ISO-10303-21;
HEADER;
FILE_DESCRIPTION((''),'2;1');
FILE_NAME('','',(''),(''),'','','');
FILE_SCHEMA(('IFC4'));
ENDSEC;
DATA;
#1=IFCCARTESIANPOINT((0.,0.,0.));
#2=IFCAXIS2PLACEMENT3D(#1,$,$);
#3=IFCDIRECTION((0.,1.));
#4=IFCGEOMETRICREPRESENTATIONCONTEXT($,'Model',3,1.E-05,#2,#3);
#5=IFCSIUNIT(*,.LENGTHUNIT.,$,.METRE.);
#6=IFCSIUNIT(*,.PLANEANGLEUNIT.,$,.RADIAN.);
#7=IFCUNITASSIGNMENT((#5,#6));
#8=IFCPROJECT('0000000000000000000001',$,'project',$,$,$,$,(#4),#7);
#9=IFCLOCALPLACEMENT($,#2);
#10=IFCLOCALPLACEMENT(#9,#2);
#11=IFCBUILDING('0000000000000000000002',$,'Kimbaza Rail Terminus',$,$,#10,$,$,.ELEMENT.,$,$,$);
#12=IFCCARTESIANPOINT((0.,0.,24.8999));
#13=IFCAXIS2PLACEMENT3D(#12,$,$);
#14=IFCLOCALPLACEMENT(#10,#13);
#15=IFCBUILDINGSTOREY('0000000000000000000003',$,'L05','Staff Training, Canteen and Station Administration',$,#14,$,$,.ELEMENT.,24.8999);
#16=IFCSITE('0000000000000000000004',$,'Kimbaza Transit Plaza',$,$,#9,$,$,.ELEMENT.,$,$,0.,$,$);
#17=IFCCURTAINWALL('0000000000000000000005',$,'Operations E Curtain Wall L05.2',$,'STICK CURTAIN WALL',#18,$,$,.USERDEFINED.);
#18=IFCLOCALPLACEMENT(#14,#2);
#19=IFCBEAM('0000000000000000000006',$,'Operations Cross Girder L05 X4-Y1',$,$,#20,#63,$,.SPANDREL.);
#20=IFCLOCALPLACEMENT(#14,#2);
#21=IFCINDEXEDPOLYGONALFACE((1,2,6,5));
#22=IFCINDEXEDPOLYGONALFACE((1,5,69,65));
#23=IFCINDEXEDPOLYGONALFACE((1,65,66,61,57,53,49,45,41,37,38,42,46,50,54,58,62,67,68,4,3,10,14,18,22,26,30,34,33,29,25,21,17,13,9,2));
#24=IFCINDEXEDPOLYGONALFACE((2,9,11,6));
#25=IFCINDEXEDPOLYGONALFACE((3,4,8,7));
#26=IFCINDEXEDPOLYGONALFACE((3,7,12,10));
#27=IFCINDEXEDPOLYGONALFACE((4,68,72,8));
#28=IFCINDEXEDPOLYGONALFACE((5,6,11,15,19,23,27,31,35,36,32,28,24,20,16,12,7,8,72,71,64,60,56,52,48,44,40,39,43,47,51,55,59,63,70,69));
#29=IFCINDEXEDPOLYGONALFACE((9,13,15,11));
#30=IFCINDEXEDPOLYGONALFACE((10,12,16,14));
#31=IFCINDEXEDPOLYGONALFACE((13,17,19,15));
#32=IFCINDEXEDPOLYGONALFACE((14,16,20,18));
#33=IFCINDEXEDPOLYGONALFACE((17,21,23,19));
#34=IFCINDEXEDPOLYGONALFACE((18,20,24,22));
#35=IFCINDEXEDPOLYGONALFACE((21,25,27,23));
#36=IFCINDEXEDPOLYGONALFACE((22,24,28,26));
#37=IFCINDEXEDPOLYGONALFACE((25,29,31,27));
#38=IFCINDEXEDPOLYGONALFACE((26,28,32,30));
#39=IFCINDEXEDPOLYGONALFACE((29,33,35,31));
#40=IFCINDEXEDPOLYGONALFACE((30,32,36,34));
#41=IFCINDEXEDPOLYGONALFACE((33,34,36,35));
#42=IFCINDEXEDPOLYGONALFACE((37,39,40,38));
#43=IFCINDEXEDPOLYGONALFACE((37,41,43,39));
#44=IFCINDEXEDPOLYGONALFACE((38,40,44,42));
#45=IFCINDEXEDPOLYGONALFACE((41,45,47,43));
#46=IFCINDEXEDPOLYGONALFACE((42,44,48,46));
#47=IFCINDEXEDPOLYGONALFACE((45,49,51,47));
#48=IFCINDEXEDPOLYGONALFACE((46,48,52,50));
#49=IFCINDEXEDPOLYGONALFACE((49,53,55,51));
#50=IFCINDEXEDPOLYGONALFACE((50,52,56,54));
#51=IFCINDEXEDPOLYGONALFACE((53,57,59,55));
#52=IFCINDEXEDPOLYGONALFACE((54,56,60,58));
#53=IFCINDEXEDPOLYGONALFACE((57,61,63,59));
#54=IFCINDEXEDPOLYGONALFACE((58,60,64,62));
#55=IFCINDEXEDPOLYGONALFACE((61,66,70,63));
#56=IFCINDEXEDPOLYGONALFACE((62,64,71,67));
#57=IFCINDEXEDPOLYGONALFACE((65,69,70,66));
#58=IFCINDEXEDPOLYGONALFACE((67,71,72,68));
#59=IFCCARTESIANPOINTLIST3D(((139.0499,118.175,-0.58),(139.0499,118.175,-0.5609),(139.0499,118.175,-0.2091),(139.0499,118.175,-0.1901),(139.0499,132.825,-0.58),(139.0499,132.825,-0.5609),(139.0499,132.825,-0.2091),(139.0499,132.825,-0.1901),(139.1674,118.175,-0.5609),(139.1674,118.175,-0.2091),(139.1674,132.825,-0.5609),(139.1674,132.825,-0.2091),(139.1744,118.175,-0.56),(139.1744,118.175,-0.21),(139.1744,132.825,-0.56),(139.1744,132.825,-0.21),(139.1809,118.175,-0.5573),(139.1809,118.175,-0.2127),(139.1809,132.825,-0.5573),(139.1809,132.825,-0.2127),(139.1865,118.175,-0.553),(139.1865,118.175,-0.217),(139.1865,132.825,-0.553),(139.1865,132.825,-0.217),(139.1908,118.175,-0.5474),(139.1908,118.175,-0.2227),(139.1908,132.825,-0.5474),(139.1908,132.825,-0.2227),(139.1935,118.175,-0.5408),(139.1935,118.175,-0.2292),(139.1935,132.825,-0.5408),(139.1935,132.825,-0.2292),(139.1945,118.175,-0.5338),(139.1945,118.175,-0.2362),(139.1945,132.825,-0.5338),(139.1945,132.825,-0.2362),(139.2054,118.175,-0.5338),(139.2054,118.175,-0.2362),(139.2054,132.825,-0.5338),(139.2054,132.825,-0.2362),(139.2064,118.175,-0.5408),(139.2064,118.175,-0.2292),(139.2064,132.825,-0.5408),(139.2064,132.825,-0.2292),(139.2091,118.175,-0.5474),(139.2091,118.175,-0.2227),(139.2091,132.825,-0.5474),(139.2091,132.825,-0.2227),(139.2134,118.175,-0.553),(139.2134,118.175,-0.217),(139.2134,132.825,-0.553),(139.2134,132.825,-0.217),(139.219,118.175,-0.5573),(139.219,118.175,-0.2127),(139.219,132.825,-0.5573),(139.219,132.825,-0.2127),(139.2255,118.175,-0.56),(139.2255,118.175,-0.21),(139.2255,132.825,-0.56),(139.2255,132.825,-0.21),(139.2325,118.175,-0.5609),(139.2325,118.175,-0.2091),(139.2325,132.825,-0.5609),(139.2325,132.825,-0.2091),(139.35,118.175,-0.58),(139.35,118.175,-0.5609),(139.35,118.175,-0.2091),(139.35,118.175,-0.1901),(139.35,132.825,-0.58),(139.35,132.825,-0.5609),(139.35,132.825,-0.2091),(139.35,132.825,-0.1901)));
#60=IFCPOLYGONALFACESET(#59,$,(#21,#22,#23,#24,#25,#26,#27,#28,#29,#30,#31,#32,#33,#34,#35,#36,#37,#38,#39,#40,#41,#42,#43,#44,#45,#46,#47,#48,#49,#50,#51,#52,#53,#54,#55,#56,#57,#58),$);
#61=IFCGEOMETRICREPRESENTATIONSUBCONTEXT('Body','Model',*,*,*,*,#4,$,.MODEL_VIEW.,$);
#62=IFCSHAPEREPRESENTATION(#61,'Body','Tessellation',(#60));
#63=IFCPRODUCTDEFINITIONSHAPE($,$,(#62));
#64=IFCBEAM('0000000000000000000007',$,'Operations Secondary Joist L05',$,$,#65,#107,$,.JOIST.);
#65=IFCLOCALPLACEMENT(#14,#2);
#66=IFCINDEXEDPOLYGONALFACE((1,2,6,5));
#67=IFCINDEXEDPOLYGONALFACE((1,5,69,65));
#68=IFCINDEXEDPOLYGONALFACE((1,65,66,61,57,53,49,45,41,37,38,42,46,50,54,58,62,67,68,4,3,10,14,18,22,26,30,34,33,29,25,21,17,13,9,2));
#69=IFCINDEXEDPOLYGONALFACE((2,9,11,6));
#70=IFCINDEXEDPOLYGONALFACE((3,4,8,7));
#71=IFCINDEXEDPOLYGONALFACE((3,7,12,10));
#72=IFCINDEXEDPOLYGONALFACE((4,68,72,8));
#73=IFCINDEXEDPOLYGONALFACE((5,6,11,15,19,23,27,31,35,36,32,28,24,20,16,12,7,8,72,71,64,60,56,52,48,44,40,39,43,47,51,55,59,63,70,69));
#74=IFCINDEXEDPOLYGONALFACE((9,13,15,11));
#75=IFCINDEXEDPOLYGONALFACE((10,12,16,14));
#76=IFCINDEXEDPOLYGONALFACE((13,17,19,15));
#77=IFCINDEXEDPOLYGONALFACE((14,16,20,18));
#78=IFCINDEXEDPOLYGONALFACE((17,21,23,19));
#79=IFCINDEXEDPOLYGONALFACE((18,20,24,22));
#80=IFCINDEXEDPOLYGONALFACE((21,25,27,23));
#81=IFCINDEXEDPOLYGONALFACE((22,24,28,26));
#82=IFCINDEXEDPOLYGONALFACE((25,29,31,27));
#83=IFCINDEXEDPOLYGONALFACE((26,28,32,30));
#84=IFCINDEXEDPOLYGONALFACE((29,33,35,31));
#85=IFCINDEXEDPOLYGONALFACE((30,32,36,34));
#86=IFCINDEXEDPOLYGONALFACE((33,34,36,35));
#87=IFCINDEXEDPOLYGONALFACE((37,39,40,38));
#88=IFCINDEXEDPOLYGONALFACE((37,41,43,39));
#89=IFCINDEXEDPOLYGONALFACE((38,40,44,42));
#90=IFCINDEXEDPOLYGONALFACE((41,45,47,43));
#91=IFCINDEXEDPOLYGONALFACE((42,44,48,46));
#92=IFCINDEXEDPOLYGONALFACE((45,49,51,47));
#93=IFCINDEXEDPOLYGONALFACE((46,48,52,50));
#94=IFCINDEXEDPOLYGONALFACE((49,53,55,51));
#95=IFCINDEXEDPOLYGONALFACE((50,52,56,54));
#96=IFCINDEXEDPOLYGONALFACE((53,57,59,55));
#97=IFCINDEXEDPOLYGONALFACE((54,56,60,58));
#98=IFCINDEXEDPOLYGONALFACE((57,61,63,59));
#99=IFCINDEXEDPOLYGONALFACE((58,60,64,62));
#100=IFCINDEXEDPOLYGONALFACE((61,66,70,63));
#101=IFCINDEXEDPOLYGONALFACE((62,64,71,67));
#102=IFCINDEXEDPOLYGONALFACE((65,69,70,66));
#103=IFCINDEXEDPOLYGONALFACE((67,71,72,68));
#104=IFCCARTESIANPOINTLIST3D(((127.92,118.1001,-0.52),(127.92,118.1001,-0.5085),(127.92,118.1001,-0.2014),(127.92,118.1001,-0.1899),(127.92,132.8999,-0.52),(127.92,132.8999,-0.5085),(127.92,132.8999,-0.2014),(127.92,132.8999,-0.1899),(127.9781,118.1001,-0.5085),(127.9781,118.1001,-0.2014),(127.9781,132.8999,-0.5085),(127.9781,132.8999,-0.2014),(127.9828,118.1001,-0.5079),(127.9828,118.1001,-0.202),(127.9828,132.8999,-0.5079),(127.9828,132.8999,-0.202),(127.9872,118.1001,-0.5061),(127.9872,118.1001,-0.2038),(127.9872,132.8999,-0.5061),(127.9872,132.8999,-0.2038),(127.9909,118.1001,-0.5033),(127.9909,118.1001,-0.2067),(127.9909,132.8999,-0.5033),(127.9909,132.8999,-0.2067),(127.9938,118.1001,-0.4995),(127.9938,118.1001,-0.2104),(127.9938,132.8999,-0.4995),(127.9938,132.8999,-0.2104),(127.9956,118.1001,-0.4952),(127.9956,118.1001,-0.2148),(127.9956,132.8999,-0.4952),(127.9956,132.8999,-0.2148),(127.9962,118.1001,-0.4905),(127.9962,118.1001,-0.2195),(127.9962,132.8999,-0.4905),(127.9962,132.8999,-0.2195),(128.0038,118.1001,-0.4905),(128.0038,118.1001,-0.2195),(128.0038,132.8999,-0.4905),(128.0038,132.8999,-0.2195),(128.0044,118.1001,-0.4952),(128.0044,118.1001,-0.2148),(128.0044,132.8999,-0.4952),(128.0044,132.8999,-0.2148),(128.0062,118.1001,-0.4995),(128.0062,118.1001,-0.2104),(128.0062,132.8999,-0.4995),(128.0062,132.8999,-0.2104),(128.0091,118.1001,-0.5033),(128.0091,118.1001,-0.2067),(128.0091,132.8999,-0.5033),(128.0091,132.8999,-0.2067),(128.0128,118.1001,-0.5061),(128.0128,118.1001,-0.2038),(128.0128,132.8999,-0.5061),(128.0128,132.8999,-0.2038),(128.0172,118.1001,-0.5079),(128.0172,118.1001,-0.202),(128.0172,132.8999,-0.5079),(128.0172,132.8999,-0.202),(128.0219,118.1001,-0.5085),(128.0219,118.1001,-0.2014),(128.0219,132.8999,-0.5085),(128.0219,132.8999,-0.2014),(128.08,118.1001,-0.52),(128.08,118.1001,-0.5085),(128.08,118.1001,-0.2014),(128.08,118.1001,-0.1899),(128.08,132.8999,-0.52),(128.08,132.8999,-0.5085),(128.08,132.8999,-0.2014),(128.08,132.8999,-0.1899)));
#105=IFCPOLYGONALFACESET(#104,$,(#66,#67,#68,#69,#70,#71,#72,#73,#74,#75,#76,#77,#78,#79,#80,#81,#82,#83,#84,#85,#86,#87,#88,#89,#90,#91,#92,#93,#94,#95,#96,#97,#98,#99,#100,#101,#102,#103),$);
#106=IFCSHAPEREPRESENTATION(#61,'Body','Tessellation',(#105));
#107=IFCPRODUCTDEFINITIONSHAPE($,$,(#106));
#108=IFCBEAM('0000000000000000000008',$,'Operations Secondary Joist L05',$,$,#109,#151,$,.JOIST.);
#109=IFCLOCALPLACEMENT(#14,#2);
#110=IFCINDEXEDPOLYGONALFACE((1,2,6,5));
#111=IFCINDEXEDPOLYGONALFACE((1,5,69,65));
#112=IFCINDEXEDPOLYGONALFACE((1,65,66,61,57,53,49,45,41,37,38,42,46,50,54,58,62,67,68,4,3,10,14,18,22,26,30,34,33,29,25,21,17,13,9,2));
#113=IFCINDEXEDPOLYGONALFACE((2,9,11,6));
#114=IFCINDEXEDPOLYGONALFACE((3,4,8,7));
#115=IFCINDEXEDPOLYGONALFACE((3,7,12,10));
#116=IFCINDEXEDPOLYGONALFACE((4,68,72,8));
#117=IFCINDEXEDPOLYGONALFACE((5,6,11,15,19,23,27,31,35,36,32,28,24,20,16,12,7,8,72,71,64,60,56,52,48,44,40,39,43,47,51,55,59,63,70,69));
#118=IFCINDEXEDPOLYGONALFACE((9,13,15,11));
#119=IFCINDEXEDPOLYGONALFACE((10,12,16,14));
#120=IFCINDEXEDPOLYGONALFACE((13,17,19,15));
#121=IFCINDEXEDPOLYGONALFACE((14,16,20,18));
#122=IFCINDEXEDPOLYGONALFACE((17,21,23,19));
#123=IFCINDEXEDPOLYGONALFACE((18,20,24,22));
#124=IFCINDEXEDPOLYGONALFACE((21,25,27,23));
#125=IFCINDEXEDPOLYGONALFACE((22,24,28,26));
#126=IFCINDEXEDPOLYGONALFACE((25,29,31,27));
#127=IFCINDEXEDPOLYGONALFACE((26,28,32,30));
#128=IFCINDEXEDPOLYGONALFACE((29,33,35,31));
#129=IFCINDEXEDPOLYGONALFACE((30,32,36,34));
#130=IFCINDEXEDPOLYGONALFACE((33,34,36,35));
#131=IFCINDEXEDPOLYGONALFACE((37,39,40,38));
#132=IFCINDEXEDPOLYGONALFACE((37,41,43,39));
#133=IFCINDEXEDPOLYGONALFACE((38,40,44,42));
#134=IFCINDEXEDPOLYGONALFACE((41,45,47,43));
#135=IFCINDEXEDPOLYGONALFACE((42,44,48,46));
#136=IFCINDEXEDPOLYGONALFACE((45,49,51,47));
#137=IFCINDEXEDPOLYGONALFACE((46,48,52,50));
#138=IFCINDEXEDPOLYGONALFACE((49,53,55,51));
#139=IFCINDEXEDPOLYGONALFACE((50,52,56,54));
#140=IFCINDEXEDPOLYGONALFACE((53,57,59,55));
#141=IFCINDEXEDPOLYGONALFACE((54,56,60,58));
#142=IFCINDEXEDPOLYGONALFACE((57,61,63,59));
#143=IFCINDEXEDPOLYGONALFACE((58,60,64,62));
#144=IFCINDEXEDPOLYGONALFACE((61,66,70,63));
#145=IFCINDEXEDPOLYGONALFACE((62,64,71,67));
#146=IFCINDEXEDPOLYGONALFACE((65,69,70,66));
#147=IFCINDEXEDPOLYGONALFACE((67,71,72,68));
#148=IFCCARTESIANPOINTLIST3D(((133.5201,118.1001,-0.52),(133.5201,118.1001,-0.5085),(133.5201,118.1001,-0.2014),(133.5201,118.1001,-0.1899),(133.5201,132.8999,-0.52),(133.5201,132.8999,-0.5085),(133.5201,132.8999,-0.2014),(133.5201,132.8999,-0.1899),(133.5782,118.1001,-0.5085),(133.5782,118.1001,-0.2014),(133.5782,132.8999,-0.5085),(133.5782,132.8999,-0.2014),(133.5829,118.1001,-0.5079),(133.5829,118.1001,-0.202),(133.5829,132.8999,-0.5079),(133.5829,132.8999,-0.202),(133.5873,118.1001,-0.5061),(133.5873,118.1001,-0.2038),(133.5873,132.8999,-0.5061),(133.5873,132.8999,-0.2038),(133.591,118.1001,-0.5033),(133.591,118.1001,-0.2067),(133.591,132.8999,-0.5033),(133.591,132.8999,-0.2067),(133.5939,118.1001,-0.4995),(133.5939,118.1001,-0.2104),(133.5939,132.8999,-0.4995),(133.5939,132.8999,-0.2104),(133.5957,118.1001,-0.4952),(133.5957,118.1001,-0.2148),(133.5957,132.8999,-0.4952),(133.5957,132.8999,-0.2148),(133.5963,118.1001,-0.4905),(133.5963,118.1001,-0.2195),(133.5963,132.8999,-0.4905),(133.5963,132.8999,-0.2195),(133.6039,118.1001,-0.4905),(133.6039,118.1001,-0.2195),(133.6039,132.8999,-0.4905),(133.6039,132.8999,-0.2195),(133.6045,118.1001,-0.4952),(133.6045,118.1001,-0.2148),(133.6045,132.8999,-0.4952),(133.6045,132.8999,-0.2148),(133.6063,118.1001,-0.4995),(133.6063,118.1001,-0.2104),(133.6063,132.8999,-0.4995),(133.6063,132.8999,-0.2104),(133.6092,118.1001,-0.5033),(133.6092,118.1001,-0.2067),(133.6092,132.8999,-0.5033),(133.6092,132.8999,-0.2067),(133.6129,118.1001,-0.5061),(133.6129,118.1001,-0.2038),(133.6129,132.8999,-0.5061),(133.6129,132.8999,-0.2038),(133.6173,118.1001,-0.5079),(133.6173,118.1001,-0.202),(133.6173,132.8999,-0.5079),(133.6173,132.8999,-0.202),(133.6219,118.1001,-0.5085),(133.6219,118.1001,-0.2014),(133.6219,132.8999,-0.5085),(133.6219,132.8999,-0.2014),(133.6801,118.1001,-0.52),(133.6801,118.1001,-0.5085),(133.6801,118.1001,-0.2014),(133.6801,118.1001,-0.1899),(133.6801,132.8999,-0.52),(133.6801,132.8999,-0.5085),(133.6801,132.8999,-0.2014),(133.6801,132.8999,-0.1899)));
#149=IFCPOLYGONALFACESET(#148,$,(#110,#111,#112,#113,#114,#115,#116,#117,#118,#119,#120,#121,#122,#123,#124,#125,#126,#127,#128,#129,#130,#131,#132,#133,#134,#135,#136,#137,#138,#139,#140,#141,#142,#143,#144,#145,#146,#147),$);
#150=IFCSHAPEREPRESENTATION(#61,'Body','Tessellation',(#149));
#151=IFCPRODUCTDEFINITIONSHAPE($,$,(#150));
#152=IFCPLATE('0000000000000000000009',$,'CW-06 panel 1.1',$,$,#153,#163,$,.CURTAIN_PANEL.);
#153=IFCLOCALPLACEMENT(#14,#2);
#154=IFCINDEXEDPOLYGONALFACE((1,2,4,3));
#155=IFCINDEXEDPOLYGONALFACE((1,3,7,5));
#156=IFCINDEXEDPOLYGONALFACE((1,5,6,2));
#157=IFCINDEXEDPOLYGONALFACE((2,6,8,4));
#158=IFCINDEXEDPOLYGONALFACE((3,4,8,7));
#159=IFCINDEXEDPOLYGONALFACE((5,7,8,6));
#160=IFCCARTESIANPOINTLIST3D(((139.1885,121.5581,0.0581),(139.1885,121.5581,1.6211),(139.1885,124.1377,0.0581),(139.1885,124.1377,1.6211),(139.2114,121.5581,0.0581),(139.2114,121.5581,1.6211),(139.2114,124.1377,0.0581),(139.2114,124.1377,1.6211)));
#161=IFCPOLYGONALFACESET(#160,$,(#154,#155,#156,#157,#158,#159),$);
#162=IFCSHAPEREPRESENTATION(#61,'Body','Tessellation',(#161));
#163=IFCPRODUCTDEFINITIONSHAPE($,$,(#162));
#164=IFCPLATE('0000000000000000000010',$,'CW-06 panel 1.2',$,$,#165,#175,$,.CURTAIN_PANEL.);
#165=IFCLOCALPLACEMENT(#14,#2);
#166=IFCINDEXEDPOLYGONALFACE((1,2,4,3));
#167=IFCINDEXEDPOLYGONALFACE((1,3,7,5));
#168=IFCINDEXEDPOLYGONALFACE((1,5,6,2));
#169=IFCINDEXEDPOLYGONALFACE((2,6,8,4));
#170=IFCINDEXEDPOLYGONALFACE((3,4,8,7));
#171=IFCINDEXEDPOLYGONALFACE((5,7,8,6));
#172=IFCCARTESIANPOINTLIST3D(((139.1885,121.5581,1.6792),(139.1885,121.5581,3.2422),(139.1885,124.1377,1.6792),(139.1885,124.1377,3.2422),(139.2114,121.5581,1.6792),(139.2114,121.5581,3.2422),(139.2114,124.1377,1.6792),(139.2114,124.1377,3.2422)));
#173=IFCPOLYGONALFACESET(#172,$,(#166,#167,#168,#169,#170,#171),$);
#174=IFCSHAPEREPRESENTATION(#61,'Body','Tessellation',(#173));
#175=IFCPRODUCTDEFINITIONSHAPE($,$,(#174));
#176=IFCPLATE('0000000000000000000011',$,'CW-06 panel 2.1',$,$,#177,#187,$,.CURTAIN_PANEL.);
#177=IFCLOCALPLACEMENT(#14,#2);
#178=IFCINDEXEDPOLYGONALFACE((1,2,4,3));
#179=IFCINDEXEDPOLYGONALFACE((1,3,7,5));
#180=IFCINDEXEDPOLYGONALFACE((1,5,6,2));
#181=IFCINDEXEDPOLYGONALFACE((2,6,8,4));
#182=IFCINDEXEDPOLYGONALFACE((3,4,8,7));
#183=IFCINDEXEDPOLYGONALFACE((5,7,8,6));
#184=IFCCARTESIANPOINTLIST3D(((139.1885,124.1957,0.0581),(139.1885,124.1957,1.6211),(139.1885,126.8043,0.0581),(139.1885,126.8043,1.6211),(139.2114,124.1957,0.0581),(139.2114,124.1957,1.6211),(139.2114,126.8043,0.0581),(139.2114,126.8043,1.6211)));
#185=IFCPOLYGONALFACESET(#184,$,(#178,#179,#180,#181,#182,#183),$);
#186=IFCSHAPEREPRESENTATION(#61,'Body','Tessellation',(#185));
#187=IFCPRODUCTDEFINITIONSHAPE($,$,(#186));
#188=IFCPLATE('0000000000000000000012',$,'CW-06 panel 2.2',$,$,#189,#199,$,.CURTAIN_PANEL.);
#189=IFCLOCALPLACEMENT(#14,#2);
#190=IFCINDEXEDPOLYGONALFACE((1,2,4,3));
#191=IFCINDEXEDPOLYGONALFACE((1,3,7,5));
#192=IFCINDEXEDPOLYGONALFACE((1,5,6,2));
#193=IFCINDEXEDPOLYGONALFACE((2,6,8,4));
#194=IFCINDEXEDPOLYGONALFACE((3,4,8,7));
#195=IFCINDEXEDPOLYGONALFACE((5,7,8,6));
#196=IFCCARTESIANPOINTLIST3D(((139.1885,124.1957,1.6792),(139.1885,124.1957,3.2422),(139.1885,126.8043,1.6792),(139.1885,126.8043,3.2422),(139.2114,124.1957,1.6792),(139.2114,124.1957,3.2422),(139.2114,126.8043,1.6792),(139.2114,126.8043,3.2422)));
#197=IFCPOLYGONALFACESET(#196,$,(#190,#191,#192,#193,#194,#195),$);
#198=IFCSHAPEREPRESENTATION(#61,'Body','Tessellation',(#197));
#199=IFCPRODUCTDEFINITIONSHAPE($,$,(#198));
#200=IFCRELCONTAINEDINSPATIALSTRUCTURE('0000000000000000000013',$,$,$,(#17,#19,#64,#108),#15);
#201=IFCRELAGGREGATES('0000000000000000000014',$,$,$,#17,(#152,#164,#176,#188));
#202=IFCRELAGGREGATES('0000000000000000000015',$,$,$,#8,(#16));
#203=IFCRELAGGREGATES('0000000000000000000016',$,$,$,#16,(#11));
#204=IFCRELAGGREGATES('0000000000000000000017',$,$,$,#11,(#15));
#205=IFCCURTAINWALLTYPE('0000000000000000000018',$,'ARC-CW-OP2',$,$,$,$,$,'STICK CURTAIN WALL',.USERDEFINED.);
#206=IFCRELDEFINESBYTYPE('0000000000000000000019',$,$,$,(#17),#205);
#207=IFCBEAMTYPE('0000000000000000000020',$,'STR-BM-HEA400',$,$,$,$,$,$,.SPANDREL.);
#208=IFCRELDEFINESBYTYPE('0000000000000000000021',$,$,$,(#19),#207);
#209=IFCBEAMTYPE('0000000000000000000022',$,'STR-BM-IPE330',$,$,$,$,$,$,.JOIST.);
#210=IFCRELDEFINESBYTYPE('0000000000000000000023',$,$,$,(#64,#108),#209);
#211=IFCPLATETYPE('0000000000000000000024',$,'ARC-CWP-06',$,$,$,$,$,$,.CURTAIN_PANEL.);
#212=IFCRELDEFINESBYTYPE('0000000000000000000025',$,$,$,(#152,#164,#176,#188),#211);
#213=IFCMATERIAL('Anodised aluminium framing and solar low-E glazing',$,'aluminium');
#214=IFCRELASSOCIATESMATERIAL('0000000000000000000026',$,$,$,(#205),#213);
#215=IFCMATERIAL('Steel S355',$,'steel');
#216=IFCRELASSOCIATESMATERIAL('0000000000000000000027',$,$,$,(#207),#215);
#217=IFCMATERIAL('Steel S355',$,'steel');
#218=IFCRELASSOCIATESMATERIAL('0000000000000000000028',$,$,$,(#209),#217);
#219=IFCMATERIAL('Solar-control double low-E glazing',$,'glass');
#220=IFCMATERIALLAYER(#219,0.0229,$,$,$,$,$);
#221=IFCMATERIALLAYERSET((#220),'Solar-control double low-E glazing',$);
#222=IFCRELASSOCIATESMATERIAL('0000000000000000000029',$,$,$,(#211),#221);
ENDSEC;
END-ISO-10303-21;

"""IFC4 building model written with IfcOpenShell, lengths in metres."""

from ifc_helpers import new_model, si_unit, direction, frame, origin, origin_2d, place, context, subcontext, project, spatial, rectangle, i_section, extrude, material, layer, layer_set, material_profile, profile_set, type_object, element, aggregate, save


model = new_model("IFC4")

# Units and contexts
model_context = context("Model", 3, precision=1e-05, world=origin(), true_north=direction((0.0, 1.0)))
body_context = subcontext(model_context, "Body", "Model", "MODEL_VIEW")
ifc_project = project(units=[si_unit("LENGTHUNIT", "METRE"), si_unit("PLANEANGLEUNIT", "RADIAN")], contexts=[model_context])

# Site, building, storey
site_placement = place(None, origin())
site = spatial("IfcSite", under=ifc_project, at=site_placement, Name="Kimbaza Transit Plaza", CompositionType="ELEMENT", RefElevation=0.0)
building_placement = place(site_placement, origin())
building = spatial("IfcBuilding", under=site, at=building_placement, Name="Kimbaza Rail Terminus", CompositionType="ELEMENT")
storey_placement = place(building_placement, frame((0.0, 0.0, 24.8999)))
storey = spatial("IfcBuildingStorey", under=building, at=storey_placement, Name="L05", Description="Staff Training, Canteen and Station Administration", CompositionType="ELEMENT", Elevation=24.8999)

# Curtain wall
ifc_material_1 = material(Name="Anodised aluminium framing and solar low-E glazing", Category="aluminium")
curtain_wall_type = type_object("IfcCurtainWallType", Name="ARC-CW-OP2", ElementType="STICK CURTAIN WALL", PredefinedType="USERDEFINED", material=ifc_material_1)
curtain_wall_placement = place(storey_placement, origin())
curtain_wall = element("IfcCurtainWall", 1, at=curtain_wall_placement, inside=storey, type_object=curtain_wall_type, Name="Operations E Curtain Wall L05.2", ObjectType="STICK CURTAIN WALL", PredefinedType="USERDEFINED")

# Beams
ifc_material_2 = material(Name="Steel S355", Category="steel")
ifc_material_profile_1 = material_profile(ifc_material_2, i_section(OverallWidth=0.3, OverallDepth=0.3899, WebThickness=0.011, FlangeThickness=0.019, FilletRadius=0.0271, at=origin_2d()), Name="HEA 400")
ifc_profile_set_1 = profile_set([ifc_material_profile_1], Name="Steel S355")
beam_type_1 = type_object("IfcBeamType", Name="STR-BM-HEA400", PredefinedType="SPANDREL", material=ifc_profile_set_1)
beam_placement = place(storey_placement, frame((139.2, 118.175, -0.385), z_axis=(0.0, 1.0, 0.0), x_axis=(-1.0, 0.0, 0.0)))
element("IfcBeam", 2, at=beam_placement, inside=storey, type_object=beam_type_1, Name="Operations Cross Girder L05 X4-Y1", PredefinedType="SPANDREL", context=body_context, shape_type="SweptSolid", body=[
    extrude(i_section(OverallWidth=0.3, OverallDepth=0.3899, WebThickness=0.011, FlangeThickness=0.019, FilletRadius=0.0271, at=origin_2d()), origin(), (0.0, 0.0, 1.0), 14.6499),
])
ifc_material_3 = material(Name="Steel S355", Category="steel")
ifc_material_profile_2 = material_profile(ifc_material_3, i_section(OverallWidth=0.1599, OverallDepth=0.3301, WebThickness=0.0076, FlangeThickness=0.0115, FilletRadius=0.0181, at=origin_2d()), Name="IPE 330")
ifc_profile_set_2 = profile_set([ifc_material_profile_2], Name="Steel S355")
beam_type_2 = type_object("IfcBeamType", Name="STR-BM-IPE330", PredefinedType="JOIST", material=ifc_profile_set_2)
for number, where, z_axis, x_axis, name in (
    (3, (128.0, 118.1001, -0.355), (0.0, 1.0, 0.0), (-1.0, 0.0, 0.0), "Operations Secondary Joist L05"),
    (4, (133.6001, 118.1001, -0.355), (0.0, 1.0, 0.0), (-1.0, 0.0, 0.0), "Operations Secondary Joist L05"),
):
    element("IfcBeam", number, at=place(storey_placement, frame(where, z_axis=z_axis, x_axis=x_axis)), inside=storey, type_object=beam_type_2, Name=name, PredefinedType="JOIST", context=body_context, shape_type="SweptSolid", body=[
        extrude(i_section(OverallWidth=0.1599, OverallDepth=0.3301, WebThickness=0.0076, FlangeThickness=0.0115, FilletRadius=0.0181, at=origin_2d()), origin(), (0.0, 0.0, 1.0), 14.7998),
    ])

# Plates
ifc_material_4 = material(Name="Solar-control double low-E glazing", Category="glass")
ifc_layer_1 = layer(ifc_material_4, 0.0229)
ifc_layer_set_1 = layer_set([ifc_layer_1], Name="Solar-control double low-E glazing")
plate_type = type_object("IfcPlateType", Name="ARC-CWP-06", PredefinedType="CURTAIN_PANEL", material=ifc_layer_set_1)
plate_1_placement = place(storey_placement, frame((139.2, 122.8479, 0.0581), z_axis=(0.0, 0.0, 1.0), x_axis=(0.0, 1.0, 0.0)))
plate_1 = element("IfcPlate", 5, at=plate_1_placement, type_object=plate_type, Name="CW-06 panel 1.1", PredefinedType="CURTAIN_PANEL", context=body_context, shape_type="SweptSolid", body=[
    extrude(rectangle(XDim=2.5796, YDim=0.0229, at=origin_2d()), origin(), (0.0, 0.0, 1.0), 1.563),
])
plate_2_placement = place(storey_placement, frame((139.2, 122.8479, 1.6792), z_axis=(0.0, 0.0, 1.0), x_axis=(0.0, 1.0, 0.0)))
plate_2 = element("IfcPlate", 6, at=plate_2_placement, type_object=plate_type, Name="CW-06 panel 1.2", PredefinedType="CURTAIN_PANEL", context=body_context, shape_type="SweptSolid", body=[
    extrude(rectangle(XDim=2.5796, YDim=0.0229, at=origin_2d()), origin(), (0.0, 0.0, 1.0), 1.563),
])
plate_3_placement = place(storey_placement, frame((139.2, 125.5, 0.0581), z_axis=(0.0, 0.0, 1.0), x_axis=(0.0, 1.0, 0.0)))
plate_3 = element("IfcPlate", 7, at=plate_3_placement, type_object=plate_type, Name="CW-06 panel 2.1", PredefinedType="CURTAIN_PANEL", context=body_context, shape_type="SweptSolid", body=[
    extrude(rectangle(XDim=2.6086, YDim=0.0229, at=origin_2d()), origin(), (0.0, 0.0, 1.0), 1.563),
])
plate_4_placement = place(storey_placement, frame((139.2, 125.5, 1.6792), z_axis=(0.0, 0.0, 1.0), x_axis=(0.0, 1.0, 0.0)))
plate_4 = element("IfcPlate", 8, at=plate_4_placement, type_object=plate_type, Name="CW-06 panel 2.2", PredefinedType="CURTAIN_PANEL", context=body_context, shape_type="SweptSolid", body=[
    extrude(rectangle(XDim=2.6086, YDim=0.0229, at=origin_2d()), origin(), (0.0, 0.0, 1.0), 1.563),
])
aggregate(curtain_wall, [plate_1, plate_2, plate_3, plate_4])

save(model, "model.ifc")
